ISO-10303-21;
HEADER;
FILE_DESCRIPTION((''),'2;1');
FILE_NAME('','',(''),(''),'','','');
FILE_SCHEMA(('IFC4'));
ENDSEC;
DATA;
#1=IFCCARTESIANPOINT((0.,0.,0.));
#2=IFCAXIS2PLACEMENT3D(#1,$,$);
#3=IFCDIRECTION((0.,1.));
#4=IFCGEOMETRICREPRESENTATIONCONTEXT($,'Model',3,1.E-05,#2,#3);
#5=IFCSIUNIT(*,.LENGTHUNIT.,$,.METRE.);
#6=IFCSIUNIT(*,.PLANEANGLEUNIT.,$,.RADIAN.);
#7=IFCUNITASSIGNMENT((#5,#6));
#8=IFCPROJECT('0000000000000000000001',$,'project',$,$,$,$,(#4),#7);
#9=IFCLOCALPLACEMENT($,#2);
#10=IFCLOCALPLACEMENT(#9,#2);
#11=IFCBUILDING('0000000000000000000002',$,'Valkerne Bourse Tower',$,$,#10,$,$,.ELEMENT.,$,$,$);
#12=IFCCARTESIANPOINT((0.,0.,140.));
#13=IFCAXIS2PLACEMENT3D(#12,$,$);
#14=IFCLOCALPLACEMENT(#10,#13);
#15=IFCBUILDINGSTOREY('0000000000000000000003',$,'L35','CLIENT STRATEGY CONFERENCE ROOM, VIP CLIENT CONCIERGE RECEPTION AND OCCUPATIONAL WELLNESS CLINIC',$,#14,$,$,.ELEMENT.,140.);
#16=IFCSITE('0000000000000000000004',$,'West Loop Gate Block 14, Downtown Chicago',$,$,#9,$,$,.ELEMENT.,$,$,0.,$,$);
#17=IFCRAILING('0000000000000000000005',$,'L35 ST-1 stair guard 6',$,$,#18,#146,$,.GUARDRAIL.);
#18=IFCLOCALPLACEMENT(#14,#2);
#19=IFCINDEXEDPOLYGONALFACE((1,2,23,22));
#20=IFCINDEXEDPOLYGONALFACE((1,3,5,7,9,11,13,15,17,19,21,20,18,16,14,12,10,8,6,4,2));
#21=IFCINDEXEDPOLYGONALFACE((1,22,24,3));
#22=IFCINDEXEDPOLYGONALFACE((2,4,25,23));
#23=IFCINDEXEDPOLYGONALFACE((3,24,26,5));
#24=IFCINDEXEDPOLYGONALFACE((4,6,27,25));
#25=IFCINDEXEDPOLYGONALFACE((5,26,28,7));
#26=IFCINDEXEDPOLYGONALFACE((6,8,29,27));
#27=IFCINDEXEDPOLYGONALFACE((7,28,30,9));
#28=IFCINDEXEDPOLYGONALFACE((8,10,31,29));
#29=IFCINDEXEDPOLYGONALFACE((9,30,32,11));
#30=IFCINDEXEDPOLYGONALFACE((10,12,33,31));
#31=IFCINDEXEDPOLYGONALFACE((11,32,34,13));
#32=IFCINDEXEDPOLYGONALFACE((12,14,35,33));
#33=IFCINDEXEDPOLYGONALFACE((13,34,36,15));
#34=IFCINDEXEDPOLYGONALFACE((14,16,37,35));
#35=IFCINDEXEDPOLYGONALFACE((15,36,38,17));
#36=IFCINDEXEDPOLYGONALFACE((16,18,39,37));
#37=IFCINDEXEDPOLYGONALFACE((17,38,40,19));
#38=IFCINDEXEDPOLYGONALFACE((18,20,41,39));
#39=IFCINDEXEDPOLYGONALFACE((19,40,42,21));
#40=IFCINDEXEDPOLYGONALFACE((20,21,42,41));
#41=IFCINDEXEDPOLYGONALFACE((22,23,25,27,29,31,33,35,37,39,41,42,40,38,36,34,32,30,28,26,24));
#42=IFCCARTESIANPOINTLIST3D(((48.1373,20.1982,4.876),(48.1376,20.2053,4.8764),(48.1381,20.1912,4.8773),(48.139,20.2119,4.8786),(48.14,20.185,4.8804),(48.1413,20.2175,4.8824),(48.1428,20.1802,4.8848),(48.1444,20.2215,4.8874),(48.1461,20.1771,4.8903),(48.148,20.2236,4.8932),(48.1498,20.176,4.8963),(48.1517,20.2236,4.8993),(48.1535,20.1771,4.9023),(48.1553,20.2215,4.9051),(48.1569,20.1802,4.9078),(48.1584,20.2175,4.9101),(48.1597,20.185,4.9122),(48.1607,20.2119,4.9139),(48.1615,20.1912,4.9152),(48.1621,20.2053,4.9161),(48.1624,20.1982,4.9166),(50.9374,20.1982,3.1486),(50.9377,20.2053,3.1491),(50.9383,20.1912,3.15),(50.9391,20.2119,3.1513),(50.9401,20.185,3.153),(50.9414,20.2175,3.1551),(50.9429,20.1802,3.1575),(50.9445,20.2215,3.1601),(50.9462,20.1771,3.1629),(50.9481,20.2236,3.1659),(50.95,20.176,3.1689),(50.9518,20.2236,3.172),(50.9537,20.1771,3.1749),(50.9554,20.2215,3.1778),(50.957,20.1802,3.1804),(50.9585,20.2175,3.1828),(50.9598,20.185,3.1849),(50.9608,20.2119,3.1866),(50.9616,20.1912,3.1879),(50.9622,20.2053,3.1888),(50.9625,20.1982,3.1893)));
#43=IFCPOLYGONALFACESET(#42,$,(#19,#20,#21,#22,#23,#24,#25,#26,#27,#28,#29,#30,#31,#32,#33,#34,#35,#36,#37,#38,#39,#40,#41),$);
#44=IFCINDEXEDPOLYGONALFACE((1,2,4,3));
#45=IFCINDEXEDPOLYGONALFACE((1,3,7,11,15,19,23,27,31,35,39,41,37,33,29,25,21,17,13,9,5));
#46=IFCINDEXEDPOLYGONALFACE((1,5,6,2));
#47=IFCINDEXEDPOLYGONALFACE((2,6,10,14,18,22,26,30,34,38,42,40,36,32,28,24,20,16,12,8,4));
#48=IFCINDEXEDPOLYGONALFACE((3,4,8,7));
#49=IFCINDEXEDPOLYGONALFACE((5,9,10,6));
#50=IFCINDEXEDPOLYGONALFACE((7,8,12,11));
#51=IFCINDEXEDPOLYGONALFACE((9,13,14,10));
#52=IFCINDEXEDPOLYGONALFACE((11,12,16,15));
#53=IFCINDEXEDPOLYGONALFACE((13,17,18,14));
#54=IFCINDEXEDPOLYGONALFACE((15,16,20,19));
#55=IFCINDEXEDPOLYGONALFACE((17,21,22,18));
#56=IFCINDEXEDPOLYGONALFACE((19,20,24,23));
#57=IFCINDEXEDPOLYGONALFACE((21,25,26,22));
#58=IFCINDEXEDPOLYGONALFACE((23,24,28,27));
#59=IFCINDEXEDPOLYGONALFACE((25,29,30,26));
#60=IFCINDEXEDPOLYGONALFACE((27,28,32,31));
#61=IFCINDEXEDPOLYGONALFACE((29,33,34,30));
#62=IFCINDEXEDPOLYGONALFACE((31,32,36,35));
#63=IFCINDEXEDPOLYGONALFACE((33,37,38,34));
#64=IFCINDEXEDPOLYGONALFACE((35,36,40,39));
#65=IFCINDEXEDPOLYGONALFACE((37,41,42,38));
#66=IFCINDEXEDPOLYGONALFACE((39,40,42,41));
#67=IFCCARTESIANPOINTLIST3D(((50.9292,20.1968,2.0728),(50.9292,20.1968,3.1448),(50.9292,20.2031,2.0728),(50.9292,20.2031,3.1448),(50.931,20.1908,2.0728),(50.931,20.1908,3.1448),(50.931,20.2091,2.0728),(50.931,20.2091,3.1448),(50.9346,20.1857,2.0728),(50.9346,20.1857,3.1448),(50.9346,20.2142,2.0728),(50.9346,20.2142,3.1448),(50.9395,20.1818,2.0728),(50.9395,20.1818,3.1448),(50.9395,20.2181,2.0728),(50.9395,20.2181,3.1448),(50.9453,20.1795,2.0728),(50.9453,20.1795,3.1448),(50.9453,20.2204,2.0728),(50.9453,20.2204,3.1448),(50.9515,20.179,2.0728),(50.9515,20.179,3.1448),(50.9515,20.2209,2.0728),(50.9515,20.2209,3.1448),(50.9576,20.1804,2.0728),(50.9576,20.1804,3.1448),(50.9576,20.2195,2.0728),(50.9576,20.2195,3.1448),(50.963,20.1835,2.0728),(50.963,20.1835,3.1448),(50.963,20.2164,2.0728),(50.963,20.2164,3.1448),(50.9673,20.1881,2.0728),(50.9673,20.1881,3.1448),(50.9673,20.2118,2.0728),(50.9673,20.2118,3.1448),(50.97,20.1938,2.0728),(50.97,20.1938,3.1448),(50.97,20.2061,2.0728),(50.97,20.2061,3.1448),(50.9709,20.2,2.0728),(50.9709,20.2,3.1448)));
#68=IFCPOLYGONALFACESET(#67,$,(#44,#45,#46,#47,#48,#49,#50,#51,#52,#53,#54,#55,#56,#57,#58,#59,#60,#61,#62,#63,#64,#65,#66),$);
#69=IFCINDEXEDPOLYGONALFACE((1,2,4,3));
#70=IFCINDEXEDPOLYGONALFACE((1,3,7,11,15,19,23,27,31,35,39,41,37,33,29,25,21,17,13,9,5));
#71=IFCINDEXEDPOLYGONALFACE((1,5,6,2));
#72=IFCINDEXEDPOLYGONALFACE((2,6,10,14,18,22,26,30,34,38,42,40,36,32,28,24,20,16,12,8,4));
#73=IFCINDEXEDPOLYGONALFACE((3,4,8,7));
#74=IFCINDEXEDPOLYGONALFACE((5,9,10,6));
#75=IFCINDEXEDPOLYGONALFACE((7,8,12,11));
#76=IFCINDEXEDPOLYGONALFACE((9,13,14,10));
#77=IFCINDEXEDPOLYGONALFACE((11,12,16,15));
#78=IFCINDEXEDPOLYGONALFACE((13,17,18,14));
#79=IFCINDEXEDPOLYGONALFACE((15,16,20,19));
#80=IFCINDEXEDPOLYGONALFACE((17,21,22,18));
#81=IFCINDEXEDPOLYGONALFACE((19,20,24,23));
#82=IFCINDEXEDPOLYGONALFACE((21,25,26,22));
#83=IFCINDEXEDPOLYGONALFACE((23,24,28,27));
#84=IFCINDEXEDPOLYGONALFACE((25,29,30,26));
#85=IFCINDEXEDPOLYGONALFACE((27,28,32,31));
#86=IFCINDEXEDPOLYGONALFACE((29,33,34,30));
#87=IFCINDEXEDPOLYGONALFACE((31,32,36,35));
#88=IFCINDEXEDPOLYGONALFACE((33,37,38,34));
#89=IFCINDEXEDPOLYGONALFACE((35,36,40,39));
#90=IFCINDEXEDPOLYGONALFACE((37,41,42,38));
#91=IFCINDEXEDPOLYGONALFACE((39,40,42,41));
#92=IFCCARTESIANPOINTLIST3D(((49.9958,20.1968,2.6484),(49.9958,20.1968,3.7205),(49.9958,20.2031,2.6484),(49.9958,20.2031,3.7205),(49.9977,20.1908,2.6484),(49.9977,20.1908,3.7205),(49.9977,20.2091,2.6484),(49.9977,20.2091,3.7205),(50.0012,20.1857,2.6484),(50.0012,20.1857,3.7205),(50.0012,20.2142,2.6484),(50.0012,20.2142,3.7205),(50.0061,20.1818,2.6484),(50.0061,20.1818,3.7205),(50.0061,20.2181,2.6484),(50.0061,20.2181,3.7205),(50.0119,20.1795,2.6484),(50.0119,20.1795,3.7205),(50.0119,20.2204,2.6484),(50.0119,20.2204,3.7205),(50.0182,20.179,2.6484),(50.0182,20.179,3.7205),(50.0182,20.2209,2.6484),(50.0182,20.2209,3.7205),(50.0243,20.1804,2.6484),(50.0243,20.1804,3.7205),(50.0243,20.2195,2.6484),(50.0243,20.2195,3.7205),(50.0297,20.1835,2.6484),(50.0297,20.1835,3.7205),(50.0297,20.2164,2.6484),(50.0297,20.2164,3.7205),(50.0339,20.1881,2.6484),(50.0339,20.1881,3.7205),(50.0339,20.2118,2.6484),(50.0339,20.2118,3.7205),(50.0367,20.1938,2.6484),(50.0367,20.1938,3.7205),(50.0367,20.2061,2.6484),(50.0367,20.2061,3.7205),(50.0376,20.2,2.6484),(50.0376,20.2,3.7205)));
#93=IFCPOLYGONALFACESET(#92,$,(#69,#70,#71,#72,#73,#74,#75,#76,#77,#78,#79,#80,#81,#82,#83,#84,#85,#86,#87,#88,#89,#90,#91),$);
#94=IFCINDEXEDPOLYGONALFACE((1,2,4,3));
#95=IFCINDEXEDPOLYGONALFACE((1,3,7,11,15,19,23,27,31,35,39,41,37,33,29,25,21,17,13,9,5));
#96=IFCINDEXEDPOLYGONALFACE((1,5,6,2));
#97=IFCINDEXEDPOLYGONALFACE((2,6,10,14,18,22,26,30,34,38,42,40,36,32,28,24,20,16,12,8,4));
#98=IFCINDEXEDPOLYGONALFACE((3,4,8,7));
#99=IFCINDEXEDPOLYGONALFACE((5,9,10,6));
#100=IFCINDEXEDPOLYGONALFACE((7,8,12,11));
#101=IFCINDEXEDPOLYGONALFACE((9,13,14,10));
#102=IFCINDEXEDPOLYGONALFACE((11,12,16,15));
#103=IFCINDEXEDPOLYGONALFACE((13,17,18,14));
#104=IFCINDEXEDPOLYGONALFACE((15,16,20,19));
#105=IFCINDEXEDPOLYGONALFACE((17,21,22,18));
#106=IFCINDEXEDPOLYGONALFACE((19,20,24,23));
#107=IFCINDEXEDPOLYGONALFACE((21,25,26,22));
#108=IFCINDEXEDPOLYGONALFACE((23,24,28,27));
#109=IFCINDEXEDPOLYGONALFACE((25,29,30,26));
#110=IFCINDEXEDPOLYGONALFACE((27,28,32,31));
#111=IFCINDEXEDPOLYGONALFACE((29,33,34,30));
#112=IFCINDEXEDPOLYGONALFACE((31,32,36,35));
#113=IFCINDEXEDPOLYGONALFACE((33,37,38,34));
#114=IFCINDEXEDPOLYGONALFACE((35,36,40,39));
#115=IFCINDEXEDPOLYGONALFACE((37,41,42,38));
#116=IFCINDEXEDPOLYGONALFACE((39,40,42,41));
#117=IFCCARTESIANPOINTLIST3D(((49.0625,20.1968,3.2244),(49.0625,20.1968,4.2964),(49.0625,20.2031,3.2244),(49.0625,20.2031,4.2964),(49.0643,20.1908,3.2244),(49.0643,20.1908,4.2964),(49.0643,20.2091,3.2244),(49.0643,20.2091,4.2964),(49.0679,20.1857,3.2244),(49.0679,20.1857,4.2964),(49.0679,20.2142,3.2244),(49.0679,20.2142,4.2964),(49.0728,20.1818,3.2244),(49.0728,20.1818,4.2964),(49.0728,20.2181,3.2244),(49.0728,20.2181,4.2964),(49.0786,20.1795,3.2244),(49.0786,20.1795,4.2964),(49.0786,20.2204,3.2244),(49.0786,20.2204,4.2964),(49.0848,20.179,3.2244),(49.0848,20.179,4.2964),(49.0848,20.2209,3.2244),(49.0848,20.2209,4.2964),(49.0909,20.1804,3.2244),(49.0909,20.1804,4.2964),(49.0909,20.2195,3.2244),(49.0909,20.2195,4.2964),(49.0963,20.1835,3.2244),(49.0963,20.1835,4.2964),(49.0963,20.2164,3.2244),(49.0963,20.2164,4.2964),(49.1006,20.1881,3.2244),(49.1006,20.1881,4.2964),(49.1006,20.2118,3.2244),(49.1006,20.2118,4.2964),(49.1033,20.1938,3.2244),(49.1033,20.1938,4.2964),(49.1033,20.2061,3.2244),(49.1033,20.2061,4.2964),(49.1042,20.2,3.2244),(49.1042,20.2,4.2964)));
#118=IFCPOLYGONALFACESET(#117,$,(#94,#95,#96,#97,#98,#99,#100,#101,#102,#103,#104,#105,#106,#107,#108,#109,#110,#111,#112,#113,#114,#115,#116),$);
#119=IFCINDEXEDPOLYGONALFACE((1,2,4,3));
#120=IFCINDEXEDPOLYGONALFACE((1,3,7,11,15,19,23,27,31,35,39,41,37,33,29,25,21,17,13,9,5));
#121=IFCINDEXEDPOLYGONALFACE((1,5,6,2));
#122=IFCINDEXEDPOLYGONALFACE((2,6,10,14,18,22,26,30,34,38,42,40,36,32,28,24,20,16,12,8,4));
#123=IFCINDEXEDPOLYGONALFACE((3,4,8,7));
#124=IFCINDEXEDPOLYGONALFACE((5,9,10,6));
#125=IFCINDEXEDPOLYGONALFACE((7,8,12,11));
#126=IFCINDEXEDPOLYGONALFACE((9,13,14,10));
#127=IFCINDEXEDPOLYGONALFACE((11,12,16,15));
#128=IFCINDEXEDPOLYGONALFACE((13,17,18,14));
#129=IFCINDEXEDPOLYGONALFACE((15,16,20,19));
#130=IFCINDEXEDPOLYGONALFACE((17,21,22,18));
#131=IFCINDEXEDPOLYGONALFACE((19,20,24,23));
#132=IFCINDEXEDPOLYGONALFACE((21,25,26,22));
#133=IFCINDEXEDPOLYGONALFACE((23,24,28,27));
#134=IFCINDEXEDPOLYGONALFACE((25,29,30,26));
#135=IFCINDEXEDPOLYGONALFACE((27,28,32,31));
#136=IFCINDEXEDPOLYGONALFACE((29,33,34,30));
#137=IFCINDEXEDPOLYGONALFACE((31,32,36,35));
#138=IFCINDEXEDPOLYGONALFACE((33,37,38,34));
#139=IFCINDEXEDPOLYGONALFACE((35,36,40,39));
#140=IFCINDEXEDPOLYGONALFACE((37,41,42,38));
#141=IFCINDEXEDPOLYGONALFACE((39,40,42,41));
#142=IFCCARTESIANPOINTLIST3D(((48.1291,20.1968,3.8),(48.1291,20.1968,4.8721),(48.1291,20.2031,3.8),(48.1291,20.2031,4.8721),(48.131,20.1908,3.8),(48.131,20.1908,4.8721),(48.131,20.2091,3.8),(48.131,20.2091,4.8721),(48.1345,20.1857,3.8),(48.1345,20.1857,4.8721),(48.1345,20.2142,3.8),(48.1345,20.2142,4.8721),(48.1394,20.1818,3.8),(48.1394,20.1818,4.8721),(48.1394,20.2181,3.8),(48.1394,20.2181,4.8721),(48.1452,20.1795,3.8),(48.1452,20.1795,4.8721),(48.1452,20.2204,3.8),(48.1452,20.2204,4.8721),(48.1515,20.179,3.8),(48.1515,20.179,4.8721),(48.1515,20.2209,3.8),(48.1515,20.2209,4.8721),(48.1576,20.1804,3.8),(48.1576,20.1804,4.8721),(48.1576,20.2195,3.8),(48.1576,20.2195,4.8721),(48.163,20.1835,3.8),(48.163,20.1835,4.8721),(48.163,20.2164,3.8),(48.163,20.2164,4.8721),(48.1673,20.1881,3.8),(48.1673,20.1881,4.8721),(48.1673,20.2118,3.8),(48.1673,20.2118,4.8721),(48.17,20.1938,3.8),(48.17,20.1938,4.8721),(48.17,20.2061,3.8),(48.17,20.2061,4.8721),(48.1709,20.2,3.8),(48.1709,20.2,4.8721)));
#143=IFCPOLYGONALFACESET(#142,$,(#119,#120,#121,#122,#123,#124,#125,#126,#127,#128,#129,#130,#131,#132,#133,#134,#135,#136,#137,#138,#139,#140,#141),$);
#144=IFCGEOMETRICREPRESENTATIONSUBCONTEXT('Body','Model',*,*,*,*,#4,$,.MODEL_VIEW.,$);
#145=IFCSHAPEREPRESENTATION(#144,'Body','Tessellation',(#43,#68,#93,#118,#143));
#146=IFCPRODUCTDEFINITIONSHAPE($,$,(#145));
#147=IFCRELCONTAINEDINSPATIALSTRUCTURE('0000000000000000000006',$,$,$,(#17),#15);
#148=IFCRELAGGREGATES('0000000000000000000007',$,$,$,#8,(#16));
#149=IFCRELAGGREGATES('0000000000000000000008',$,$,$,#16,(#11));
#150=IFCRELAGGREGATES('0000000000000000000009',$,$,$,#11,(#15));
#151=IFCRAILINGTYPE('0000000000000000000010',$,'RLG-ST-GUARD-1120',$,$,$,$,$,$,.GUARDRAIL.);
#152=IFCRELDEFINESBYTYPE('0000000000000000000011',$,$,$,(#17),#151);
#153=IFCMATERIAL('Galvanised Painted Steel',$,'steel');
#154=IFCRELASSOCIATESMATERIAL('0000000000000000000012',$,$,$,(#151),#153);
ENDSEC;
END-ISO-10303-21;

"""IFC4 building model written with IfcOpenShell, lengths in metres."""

from ifc_helpers import new_model, si_unit, direction, frame, origin, origin_2d, place, context, subcontext, project, spatial, circle, extrude, material, type_object, element, save


model = new_model("IFC4")

# Units and contexts
model_context = context("Model", 3, precision=1e-05, world=origin(), true_north=direction((0.0, 1.0)))
body_context = subcontext(model_context, "Body", "Model", "MODEL_VIEW")
ifc_project = project(units=[si_unit("LENGTHUNIT", "METRE"), si_unit("PLANEANGLEUNIT", "RADIAN")], contexts=[model_context])

# Site, building, storey
site_placement = place(None, origin())
site = spatial("IfcSite", under=ifc_project, at=site_placement, Name="West Loop Gate Block 14, Downtown Chicago", CompositionType="ELEMENT", RefElevation=0.0)
building_placement = place(site_placement, origin())
building = spatial("IfcBuilding", under=site, at=building_placement, Name="Valkerne Bourse Tower", CompositionType="ELEMENT")
storey_placement = place(building_placement, frame((0.0, 0.0, 140.0)))
storey = spatial("IfcBuildingStorey", under=building, at=storey_placement, Name="L35", Description="CLIENT STRATEGY CONFERENCE ROOM, VIP CLIENT CONCIERGE RECEPTION AND OCCUPATIONAL WELLNESS CLINIC", CompositionType="ELEMENT", Elevation=140.0)

# Shared definitions
ifc_material_1 = material(Name="Galvanised Painted Steel", Category="steel")

# Railing
railing_type_1 = type_object("IfcRailingType", Name="RLG-ST-GUARD-1120", PredefinedType="GUARDRAIL", material=ifc_material_1)
railing_1_placement = place(storey_placement, frame((50.95, 20.2, 2.0728)))
element("IfcRailing", 1, at=railing_1_placement, inside=storey, type_object=railing_type_1, Name="L35 ST-1 stair guard 6", PredefinedType="GUARDRAIL", context=body_context, shape_type="SweptSolid", body=[
    extrude(circle(Radius=0.0239, at=origin_2d()), frame((0.0, 0.0, 1.0962), z_axis=(-0.85109, 0.0, 0.52502), x_axis=(0.0, -1.0, 0.0)), (0.0, 0.0, 1.0), 3.29),
    extrude(circle(Radius=0.021, at=origin_2d()), origin(), (0.0, 0.0, 1.0), 1.072),
    extrude(circle(Radius=0.021, at=origin_2d()), frame((-0.9333, 0.0, 0.5757)), (0.0, 0.0, 1.0), 1.072),
    extrude(circle(Radius=0.021, at=origin_2d()), frame((-1.8667, 0.0, 1.1516)), (0.0, 0.0, 1.0), 1.072),
    extrude(circle(Radius=0.021, at=origin_2d()), frame((-2.8, 0.0, 1.7273)), (0.0, 0.0, 1.0), 1.072),
])

save(model, "model.ifc")
